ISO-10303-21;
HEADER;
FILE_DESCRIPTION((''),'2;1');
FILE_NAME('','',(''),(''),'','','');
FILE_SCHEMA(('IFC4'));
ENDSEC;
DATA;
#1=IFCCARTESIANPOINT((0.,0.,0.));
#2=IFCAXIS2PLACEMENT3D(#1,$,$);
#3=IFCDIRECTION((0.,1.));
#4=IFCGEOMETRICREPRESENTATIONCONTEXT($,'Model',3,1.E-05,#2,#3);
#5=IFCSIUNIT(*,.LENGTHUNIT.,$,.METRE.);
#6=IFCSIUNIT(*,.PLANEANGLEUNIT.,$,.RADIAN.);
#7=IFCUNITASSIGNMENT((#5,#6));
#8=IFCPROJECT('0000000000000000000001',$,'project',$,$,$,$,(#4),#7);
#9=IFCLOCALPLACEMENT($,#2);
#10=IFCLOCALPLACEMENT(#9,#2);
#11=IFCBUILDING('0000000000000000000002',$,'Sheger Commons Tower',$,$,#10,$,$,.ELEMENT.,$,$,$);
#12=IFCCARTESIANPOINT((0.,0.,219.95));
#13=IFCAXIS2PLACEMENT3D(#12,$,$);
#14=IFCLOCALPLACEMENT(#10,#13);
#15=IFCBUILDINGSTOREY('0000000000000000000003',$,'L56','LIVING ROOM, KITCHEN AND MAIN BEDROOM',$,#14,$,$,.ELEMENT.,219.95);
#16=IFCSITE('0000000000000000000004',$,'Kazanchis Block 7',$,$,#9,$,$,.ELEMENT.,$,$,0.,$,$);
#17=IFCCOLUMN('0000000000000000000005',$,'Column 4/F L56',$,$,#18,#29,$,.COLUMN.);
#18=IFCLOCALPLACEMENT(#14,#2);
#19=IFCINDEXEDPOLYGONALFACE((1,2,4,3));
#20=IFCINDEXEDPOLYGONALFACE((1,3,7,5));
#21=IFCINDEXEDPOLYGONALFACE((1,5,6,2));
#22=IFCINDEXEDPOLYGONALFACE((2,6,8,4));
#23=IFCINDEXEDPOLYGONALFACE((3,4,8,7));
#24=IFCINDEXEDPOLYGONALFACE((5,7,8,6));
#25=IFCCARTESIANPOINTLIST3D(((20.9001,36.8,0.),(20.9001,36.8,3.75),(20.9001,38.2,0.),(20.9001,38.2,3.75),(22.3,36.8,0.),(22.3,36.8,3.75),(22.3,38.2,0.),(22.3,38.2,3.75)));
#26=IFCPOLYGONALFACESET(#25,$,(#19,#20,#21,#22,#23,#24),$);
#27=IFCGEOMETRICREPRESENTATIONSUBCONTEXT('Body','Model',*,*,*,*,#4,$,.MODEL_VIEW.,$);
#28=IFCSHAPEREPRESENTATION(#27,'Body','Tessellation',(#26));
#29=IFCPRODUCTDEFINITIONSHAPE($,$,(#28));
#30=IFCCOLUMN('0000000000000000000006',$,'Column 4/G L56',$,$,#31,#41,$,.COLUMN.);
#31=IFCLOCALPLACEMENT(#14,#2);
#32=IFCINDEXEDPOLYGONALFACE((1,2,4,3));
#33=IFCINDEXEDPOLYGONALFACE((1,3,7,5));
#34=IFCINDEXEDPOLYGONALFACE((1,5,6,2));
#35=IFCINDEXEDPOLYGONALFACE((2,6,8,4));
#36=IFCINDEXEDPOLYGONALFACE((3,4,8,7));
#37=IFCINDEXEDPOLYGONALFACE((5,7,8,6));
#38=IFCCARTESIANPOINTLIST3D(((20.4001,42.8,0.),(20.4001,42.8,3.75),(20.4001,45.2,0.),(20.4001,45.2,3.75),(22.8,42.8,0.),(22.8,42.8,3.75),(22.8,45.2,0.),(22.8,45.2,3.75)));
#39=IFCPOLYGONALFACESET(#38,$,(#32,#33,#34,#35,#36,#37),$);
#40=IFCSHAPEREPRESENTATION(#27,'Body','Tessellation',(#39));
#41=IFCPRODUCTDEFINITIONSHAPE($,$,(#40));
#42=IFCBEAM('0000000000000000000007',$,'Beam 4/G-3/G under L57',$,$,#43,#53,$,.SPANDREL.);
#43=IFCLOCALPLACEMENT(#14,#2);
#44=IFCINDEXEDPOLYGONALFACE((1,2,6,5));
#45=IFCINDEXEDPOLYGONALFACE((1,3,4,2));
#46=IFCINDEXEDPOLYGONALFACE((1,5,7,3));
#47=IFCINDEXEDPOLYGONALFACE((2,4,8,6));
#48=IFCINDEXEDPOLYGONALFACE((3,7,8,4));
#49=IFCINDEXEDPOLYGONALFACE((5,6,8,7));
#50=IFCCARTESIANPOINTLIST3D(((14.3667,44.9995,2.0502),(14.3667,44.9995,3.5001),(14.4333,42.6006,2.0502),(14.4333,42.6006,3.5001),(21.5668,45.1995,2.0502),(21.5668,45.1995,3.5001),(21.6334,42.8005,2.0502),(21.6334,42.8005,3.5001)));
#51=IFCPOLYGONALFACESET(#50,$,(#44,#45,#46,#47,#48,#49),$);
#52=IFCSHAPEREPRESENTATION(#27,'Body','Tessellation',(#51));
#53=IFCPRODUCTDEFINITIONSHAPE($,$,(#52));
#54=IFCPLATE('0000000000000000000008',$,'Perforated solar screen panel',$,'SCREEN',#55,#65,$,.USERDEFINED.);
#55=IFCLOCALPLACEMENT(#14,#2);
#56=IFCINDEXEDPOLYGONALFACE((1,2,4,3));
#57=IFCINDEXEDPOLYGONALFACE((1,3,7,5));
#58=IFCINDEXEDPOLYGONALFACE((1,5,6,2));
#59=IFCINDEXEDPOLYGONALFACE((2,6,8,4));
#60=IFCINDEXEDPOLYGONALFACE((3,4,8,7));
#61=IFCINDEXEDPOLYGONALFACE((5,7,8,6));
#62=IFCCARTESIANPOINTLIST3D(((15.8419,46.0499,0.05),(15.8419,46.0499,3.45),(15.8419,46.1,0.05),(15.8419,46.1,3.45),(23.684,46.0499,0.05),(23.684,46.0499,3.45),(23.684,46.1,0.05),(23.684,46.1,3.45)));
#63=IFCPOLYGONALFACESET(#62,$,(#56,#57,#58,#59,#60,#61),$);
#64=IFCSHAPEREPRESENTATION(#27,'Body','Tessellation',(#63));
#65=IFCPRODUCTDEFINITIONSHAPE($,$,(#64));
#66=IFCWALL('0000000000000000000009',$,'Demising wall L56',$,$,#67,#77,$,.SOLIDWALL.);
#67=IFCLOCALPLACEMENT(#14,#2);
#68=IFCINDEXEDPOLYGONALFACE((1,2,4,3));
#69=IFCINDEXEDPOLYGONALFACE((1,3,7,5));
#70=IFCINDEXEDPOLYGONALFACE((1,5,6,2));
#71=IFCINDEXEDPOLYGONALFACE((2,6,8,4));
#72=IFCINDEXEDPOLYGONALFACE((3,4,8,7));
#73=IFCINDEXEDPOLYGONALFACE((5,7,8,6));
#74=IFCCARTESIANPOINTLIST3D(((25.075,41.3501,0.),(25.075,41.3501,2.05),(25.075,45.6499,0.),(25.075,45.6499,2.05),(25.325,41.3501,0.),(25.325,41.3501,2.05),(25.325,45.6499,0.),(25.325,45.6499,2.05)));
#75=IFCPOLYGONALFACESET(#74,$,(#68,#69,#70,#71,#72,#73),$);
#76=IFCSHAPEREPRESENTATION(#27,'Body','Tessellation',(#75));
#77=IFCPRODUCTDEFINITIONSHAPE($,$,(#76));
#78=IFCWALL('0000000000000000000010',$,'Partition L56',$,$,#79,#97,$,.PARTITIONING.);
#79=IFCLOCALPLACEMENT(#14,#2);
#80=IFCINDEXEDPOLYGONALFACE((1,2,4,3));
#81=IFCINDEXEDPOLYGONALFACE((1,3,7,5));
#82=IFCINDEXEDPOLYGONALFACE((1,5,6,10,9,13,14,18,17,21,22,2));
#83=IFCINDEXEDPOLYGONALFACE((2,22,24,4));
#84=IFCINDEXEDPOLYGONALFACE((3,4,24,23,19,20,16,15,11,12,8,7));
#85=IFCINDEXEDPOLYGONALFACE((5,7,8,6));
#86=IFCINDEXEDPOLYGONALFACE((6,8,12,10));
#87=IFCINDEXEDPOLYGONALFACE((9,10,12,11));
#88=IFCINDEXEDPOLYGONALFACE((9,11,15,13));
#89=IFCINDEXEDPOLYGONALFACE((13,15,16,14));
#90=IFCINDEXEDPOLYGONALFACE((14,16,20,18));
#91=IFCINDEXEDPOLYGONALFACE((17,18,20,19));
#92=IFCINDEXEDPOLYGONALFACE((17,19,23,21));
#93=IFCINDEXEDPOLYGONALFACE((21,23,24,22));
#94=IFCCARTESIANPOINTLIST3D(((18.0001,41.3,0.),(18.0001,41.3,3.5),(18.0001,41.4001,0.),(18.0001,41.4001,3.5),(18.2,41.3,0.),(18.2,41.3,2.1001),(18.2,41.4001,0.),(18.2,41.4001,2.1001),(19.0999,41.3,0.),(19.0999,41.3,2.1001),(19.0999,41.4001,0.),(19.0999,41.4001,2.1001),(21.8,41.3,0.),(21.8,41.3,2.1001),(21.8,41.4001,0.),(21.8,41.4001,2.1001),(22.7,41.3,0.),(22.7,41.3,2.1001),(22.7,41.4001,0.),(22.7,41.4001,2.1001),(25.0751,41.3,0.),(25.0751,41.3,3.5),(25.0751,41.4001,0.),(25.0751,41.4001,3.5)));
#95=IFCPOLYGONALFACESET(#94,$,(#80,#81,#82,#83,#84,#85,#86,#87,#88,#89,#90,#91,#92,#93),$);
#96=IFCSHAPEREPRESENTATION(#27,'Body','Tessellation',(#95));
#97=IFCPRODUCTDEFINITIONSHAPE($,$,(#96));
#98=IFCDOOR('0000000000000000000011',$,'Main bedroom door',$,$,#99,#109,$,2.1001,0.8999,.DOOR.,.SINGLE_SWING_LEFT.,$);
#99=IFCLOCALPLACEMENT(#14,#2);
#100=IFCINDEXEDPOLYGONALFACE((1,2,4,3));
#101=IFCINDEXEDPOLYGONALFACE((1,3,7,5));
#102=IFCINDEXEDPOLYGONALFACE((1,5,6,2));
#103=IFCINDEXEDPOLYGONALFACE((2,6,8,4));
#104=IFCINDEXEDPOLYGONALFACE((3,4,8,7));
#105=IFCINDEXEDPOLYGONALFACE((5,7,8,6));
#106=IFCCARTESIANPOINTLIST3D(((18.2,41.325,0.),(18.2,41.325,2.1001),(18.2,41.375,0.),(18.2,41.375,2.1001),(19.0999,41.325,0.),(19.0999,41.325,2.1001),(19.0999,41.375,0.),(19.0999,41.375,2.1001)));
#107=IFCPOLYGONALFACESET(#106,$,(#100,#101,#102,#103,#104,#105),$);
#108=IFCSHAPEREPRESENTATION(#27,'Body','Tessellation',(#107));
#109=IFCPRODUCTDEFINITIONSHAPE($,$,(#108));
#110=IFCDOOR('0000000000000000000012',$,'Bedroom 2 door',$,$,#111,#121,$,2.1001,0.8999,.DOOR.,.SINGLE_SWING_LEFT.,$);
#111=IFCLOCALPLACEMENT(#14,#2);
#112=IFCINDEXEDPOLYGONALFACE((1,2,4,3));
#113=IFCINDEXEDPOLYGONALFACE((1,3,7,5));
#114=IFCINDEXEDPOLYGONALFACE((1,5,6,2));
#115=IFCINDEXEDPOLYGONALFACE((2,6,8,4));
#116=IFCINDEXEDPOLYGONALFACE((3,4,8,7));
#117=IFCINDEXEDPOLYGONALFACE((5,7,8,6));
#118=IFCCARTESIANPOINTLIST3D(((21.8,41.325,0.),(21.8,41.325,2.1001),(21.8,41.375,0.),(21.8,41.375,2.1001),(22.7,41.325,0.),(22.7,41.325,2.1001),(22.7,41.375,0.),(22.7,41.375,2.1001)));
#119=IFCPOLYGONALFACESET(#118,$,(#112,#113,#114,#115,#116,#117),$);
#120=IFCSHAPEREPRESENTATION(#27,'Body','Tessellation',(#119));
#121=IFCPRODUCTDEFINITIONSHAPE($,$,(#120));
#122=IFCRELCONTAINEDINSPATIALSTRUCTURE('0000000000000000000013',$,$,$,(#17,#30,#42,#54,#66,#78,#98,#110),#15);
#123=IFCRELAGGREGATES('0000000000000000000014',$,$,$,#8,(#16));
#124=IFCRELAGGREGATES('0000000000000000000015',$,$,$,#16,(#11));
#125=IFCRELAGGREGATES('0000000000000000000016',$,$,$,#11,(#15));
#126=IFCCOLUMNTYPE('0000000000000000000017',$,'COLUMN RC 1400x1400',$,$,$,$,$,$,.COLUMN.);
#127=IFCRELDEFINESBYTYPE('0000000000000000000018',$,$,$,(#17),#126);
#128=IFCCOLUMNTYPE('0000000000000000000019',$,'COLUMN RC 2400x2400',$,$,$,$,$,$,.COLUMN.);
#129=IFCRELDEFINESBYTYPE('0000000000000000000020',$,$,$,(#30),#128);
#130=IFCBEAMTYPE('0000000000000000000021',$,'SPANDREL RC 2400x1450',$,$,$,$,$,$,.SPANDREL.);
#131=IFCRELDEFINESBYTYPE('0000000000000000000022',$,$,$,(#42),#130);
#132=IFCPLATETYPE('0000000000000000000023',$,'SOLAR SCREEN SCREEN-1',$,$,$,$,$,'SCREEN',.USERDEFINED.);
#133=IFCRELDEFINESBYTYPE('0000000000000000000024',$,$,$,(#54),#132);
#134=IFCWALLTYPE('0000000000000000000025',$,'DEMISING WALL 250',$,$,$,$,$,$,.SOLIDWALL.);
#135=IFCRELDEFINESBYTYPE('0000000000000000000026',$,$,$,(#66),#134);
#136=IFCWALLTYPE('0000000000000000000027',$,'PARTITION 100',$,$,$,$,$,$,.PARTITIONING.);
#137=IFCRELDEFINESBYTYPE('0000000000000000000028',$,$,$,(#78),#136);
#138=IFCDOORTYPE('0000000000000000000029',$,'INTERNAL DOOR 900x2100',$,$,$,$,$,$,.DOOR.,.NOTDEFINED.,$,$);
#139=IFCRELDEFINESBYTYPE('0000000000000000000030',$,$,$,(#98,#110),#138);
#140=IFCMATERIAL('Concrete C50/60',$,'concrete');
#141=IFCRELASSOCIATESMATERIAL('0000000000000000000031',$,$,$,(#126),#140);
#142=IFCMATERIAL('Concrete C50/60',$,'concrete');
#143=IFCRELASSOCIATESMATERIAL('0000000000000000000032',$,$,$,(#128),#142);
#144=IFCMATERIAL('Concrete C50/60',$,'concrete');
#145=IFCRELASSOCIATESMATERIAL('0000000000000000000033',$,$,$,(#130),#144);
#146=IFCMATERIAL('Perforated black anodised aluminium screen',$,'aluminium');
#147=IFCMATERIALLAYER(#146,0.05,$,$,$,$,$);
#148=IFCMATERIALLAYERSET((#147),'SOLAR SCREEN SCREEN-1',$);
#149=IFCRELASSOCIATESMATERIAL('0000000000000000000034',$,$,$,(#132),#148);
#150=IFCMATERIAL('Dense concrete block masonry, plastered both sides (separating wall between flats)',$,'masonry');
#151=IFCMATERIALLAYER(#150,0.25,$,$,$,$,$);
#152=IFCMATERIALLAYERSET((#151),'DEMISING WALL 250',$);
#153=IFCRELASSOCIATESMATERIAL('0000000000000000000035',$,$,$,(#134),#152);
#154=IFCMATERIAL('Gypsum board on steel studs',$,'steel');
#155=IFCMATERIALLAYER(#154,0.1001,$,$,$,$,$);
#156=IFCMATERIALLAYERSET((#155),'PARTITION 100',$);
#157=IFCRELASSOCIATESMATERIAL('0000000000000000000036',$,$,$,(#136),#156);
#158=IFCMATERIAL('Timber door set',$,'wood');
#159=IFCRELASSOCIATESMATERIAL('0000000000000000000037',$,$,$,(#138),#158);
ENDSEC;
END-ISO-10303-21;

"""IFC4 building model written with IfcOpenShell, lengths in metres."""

from ifc_helpers import new_model, si_unit, direction, frame, frame_2d, origin, origin_2d, place, context, subcontext, project, spatial, rectangle, extrude, material, layer, layer_set, material_profile, profile_set, type_object, element, fill, save


model = new_model("IFC4")

# Units and contexts
model_context = context("Model", 3, precision=1e-05, world=origin(), true_north=direction((0.0, 1.0)))
body_context = subcontext(model_context, "Body", "Model", "MODEL_VIEW")
ifc_project = project(units=[si_unit("LENGTHUNIT", "METRE"), si_unit("PLANEANGLEUNIT", "RADIAN")], contexts=[model_context])

# Site, building, storey
site_placement = place(None, origin())
site = spatial("IfcSite", under=ifc_project, at=site_placement, Name="Kazanchis Block 7", CompositionType="ELEMENT", RefElevation=0.0)
building_placement = place(site_placement, origin())
building = spatial("IfcBuilding", under=site, at=building_placement, Name="Sheger Commons Tower", CompositionType="ELEMENT")
storey_placement = place(building_placement, frame((0.0, 0.0, 219.95)))
storey = spatial("IfcBuildingStorey", under=building, at=storey_placement, Name="L56", Description="LIVING ROOM, KITCHEN AND MAIN BEDROOM", CompositionType="ELEMENT", Elevation=219.95)

# Columns
ifc_material_1 = material(Name="Concrete C50/60", Category="concrete")
ifc_material_profile_1 = material_profile(ifc_material_1, rectangle(XDim=1.3999, YDim=1.3999, at=origin_2d()), Name="RC 1400x1400")
ifc_profile_set_1 = profile_set([ifc_material_profile_1], Name="Concrete C50/60")
column_type_1 = type_object("IfcColumnType", Name="COLUMN RC 1400x1400", PredefinedType="COLUMN", material=ifc_profile_set_1)
column_1_placement = place(storey_placement, frame((21.6001, 37.5, 0.0), z_axis=(0.0, 0.0, 1.0), x_axis=(1.0, 0.0, 0.0)))
element("IfcColumn", 1, at=column_1_placement, inside=storey, type_object=column_type_1, Name="Column 4/F L56", PredefinedType="COLUMN", context=body_context, shape_type="SweptSolid", body=[
    extrude(rectangle(XDim=1.3999, YDim=1.3999, at=origin_2d()), origin(), (0.0, 0.0, 1.0), 3.75),
])
ifc_material_2 = material(Name="Concrete C50/60", Category="concrete")
ifc_material_profile_2 = material_profile(ifc_material_2, rectangle(XDim=2.3999, YDim=2.3999, at=origin_2d()), Name="RC 2400x2400")
ifc_profile_set_2 = profile_set([ifc_material_profile_2], Name="Concrete C50/60")
column_type_2 = type_object("IfcColumnType", Name="COLUMN RC 2400x2400", PredefinedType="COLUMN", material=ifc_profile_set_2)
column_2_placement = place(storey_placement, frame((21.6001, 44.0, 0.0), z_axis=(0.0, 0.0, 1.0), x_axis=(1.0, 0.0, 0.0)))
element("IfcColumn", 2, at=column_2_placement, inside=storey, type_object=column_type_2, Name="Column 4/G L56", PredefinedType="COLUMN", context=body_context, shape_type="SweptSolid", body=[
    extrude(rectangle(XDim=2.3999, YDim=2.3999, at=origin_2d()), origin(), (0.0, 0.0, 1.0), 3.75),
])

# Beam
ifc_material_3 = material(Name="Concrete C50/60", Category="concrete")
ifc_material_profile_3 = material_profile(ifc_material_3, rectangle(XDim=2.3999, YDim=1.45, at=origin_2d()), Name="RC 2400x1450")
ifc_profile_set_3 = profile_set([ifc_material_profile_3], Name="Concrete C50/60")
beam_type = type_object("IfcBeamType", Name="SPANDREL RC 2400x1450", PredefinedType="SPANDREL", material=ifc_profile_set_3)
beam_placement = place(storey_placement, frame((21.6001, 44.0, 2.7751), z_axis=(-0.999615, -0.02776, 0.0), x_axis=(0.02776, -0.999615, 0.0)))
element("IfcBeam", 3, at=beam_placement, inside=storey, type_object=beam_type, Name="Beam 4/G-3/G under L57", PredefinedType="SPANDREL", context=body_context, shape_type="SweptSolid", body=[
    extrude(rectangle(XDim=2.3999, YDim=1.45, at=origin_2d()), origin(), (0.0, 0.0, 1.0), 7.2029),
])

# Plate
ifc_material_4 = material(Name="Perforated black anodised aluminium screen", Category="aluminium")
ifc_layer_1 = layer(ifc_material_4, 0.05)
ifc_layer_set_1 = layer_set([ifc_layer_1], Name="SOLAR SCREEN SCREEN-1")
plate_type = type_object("IfcPlateType", Name="SOLAR SCREEN SCREEN-1", ElementType="SCREEN", PredefinedType="USERDEFINED", material=ifc_layer_set_1)
plate_placement = place(storey_placement, frame((19.7629, 46.075, 0.05), z_axis=(0.0, 0.0, 1.0), x_axis=(-1.0, 0.0, 0.0)))
element("IfcPlate", 4, at=plate_placement, inside=storey, type_object=plate_type, Name="Perforated solar screen panel", ObjectType="SCREEN", PredefinedType="USERDEFINED", context=body_context, shape_type="SweptSolid", body=[
    extrude(rectangle(XDim=7.842, YDim=0.05, at=origin_2d()), origin(), (0.0, 0.0, 1.0), 3.3999),
])

# Wall
ifc_material_5 = material(Name="Dense concrete block masonry, plastered both sides (separating wall between flats)", Category="masonry")
ifc_layer_2 = layer(ifc_material_5, 0.25)
ifc_layer_set_2 = layer_set([ifc_layer_2], Name="DEMISING WALL 250")
wall_type_1 = type_object("IfcWallType", Name="DEMISING WALL 250", PredefinedType="SOLIDWALL", material=ifc_layer_set_2)
wall_1_placement = place(storey_placement, frame((25.2, 41.3501, 0.0), z_axis=(0.0, 0.0, 1.0), x_axis=(0.0, 1.0, 0.0)))
element("IfcWall", 5, at=wall_1_placement, inside=storey, type_object=wall_type_1, Name="Demising wall L56", PredefinedType="SOLIDWALL", context=body_context, shape_type="SweptSolid", body=[
    extrude(rectangle(XDim=4.2998, YDim=0.25, at=frame_2d((2.1499, 0.0))), origin(), (0.0, 0.0, 1.0), 2.05),
])

# Wall, openings, doors
ifc_material_6 = material(Name="Gypsum board on steel studs", Category="steel")
ifc_layer_3 = layer(ifc_material_6, 0.1001)
ifc_layer_set_3 = layer_set([ifc_layer_3], Name="PARTITION 100")
wall_type_2 = type_object("IfcWallType", Name="PARTITION 100", PredefinedType="PARTITIONING", material=ifc_layer_set_3)
wall_2_placement = place(storey_placement, frame((18.0, 41.3501, 0.0), z_axis=(0.0, 0.0, 1.0), x_axis=(1.0, 0.0, 0.0)))
wall_2 = element("IfcWall", 6, at=wall_2_placement, inside=storey, type_object=wall_type_2, Name="Partition L56", PredefinedType="PARTITIONING", context=body_context, shape_type="SweptSolid", body=[
    extrude(rectangle(XDim=7.075, YDim=0.1001, at=frame_2d((3.5376, 0.0))), origin(), (0.0, 0.0, 1.0), 3.5),
])
opening_1_placement = place(wall_2_placement, frame((0.2, 0.0, 0.0)))
opening_1 = element("IfcOpeningElement", 7, at=opening_1_placement, cuts=wall_2, PredefinedType="OPENING", context=body_context, shape_type="SweptSolid", body=[
    extrude(rectangle(XDim=0.8999, YDim=2.1001, at=frame_2d((0.45, 1.05))), frame((0.0, 0.0601, 0.0), z_axis=(0.0, -1.0, 0.0), x_axis=(1.0, 0.0, 0.0)), (0.0, 0.0, 1.0), 0.1201),
])
opening_2_placement = place(wall_2_placement, frame((3.8, 0.0, 0.0)))
opening_2 = element("IfcOpeningElement", 8, at=opening_2_placement, cuts=wall_2, PredefinedType="OPENING", context=body_context, shape_type="SweptSolid", body=[
    extrude(rectangle(XDim=0.8999, YDim=2.1001, at=frame_2d((0.45, 1.05))), frame((0.0, 0.0601, 0.0), z_axis=(0.0, -1.0, 0.0), x_axis=(1.0, 0.0, 0.0)), (0.0, 0.0, 1.0), 0.1201),
])
ifc_material_7 = material(Name="Timber door set", Category="wood")
door_type = type_object("IfcDoorType", Name="INTERNAL DOOR 900x2100", OperationType="NOTDEFINED", PredefinedType="DOOR", material=ifc_material_7)
door_1_placement = place(opening_1_placement, origin())
door_1 = element("IfcDoor", 9, at=door_1_placement, inside=storey, type_object=door_type, Name="Main bedroom door", OperationType="SINGLE_SWING_LEFT", OverallHeight=2.1001, OverallWidth=0.8999, PredefinedType="DOOR", context=body_context, shape_type="SweptSolid", body=[
    extrude(rectangle(XDim=0.8999, YDim=2.1001, at=frame_2d((0.45, 1.05))), frame((0.0, 0.0249, 0.0), z_axis=(0.0, -1.0, 0.0), x_axis=(1.0, 0.0, 0.0)), (0.0, 0.0, 1.0), 0.05),
])
fill(opening_1, door_1)
door_2_placement = place(opening_2_placement, origin())
door_2 = element("IfcDoor", 10, at=door_2_placement, inside=storey, type_object=door_type, Name="Bedroom 2 door", OperationType="SINGLE_SWING_LEFT", OverallHeight=2.1001, OverallWidth=0.8999, PredefinedType="DOOR", context=body_context, shape_type="SweptSolid", body=[
    extrude(rectangle(XDim=0.8999, YDim=2.1001, at=frame_2d((0.45, 1.05))), frame((0.0, 0.0249, 0.0), z_axis=(0.0, -1.0, 0.0), x_axis=(1.0, 0.0, 0.0)), (0.0, 0.0, 1.0), 0.05),
])
fill(opening_2, door_2)

save(model, "model.ifc")
